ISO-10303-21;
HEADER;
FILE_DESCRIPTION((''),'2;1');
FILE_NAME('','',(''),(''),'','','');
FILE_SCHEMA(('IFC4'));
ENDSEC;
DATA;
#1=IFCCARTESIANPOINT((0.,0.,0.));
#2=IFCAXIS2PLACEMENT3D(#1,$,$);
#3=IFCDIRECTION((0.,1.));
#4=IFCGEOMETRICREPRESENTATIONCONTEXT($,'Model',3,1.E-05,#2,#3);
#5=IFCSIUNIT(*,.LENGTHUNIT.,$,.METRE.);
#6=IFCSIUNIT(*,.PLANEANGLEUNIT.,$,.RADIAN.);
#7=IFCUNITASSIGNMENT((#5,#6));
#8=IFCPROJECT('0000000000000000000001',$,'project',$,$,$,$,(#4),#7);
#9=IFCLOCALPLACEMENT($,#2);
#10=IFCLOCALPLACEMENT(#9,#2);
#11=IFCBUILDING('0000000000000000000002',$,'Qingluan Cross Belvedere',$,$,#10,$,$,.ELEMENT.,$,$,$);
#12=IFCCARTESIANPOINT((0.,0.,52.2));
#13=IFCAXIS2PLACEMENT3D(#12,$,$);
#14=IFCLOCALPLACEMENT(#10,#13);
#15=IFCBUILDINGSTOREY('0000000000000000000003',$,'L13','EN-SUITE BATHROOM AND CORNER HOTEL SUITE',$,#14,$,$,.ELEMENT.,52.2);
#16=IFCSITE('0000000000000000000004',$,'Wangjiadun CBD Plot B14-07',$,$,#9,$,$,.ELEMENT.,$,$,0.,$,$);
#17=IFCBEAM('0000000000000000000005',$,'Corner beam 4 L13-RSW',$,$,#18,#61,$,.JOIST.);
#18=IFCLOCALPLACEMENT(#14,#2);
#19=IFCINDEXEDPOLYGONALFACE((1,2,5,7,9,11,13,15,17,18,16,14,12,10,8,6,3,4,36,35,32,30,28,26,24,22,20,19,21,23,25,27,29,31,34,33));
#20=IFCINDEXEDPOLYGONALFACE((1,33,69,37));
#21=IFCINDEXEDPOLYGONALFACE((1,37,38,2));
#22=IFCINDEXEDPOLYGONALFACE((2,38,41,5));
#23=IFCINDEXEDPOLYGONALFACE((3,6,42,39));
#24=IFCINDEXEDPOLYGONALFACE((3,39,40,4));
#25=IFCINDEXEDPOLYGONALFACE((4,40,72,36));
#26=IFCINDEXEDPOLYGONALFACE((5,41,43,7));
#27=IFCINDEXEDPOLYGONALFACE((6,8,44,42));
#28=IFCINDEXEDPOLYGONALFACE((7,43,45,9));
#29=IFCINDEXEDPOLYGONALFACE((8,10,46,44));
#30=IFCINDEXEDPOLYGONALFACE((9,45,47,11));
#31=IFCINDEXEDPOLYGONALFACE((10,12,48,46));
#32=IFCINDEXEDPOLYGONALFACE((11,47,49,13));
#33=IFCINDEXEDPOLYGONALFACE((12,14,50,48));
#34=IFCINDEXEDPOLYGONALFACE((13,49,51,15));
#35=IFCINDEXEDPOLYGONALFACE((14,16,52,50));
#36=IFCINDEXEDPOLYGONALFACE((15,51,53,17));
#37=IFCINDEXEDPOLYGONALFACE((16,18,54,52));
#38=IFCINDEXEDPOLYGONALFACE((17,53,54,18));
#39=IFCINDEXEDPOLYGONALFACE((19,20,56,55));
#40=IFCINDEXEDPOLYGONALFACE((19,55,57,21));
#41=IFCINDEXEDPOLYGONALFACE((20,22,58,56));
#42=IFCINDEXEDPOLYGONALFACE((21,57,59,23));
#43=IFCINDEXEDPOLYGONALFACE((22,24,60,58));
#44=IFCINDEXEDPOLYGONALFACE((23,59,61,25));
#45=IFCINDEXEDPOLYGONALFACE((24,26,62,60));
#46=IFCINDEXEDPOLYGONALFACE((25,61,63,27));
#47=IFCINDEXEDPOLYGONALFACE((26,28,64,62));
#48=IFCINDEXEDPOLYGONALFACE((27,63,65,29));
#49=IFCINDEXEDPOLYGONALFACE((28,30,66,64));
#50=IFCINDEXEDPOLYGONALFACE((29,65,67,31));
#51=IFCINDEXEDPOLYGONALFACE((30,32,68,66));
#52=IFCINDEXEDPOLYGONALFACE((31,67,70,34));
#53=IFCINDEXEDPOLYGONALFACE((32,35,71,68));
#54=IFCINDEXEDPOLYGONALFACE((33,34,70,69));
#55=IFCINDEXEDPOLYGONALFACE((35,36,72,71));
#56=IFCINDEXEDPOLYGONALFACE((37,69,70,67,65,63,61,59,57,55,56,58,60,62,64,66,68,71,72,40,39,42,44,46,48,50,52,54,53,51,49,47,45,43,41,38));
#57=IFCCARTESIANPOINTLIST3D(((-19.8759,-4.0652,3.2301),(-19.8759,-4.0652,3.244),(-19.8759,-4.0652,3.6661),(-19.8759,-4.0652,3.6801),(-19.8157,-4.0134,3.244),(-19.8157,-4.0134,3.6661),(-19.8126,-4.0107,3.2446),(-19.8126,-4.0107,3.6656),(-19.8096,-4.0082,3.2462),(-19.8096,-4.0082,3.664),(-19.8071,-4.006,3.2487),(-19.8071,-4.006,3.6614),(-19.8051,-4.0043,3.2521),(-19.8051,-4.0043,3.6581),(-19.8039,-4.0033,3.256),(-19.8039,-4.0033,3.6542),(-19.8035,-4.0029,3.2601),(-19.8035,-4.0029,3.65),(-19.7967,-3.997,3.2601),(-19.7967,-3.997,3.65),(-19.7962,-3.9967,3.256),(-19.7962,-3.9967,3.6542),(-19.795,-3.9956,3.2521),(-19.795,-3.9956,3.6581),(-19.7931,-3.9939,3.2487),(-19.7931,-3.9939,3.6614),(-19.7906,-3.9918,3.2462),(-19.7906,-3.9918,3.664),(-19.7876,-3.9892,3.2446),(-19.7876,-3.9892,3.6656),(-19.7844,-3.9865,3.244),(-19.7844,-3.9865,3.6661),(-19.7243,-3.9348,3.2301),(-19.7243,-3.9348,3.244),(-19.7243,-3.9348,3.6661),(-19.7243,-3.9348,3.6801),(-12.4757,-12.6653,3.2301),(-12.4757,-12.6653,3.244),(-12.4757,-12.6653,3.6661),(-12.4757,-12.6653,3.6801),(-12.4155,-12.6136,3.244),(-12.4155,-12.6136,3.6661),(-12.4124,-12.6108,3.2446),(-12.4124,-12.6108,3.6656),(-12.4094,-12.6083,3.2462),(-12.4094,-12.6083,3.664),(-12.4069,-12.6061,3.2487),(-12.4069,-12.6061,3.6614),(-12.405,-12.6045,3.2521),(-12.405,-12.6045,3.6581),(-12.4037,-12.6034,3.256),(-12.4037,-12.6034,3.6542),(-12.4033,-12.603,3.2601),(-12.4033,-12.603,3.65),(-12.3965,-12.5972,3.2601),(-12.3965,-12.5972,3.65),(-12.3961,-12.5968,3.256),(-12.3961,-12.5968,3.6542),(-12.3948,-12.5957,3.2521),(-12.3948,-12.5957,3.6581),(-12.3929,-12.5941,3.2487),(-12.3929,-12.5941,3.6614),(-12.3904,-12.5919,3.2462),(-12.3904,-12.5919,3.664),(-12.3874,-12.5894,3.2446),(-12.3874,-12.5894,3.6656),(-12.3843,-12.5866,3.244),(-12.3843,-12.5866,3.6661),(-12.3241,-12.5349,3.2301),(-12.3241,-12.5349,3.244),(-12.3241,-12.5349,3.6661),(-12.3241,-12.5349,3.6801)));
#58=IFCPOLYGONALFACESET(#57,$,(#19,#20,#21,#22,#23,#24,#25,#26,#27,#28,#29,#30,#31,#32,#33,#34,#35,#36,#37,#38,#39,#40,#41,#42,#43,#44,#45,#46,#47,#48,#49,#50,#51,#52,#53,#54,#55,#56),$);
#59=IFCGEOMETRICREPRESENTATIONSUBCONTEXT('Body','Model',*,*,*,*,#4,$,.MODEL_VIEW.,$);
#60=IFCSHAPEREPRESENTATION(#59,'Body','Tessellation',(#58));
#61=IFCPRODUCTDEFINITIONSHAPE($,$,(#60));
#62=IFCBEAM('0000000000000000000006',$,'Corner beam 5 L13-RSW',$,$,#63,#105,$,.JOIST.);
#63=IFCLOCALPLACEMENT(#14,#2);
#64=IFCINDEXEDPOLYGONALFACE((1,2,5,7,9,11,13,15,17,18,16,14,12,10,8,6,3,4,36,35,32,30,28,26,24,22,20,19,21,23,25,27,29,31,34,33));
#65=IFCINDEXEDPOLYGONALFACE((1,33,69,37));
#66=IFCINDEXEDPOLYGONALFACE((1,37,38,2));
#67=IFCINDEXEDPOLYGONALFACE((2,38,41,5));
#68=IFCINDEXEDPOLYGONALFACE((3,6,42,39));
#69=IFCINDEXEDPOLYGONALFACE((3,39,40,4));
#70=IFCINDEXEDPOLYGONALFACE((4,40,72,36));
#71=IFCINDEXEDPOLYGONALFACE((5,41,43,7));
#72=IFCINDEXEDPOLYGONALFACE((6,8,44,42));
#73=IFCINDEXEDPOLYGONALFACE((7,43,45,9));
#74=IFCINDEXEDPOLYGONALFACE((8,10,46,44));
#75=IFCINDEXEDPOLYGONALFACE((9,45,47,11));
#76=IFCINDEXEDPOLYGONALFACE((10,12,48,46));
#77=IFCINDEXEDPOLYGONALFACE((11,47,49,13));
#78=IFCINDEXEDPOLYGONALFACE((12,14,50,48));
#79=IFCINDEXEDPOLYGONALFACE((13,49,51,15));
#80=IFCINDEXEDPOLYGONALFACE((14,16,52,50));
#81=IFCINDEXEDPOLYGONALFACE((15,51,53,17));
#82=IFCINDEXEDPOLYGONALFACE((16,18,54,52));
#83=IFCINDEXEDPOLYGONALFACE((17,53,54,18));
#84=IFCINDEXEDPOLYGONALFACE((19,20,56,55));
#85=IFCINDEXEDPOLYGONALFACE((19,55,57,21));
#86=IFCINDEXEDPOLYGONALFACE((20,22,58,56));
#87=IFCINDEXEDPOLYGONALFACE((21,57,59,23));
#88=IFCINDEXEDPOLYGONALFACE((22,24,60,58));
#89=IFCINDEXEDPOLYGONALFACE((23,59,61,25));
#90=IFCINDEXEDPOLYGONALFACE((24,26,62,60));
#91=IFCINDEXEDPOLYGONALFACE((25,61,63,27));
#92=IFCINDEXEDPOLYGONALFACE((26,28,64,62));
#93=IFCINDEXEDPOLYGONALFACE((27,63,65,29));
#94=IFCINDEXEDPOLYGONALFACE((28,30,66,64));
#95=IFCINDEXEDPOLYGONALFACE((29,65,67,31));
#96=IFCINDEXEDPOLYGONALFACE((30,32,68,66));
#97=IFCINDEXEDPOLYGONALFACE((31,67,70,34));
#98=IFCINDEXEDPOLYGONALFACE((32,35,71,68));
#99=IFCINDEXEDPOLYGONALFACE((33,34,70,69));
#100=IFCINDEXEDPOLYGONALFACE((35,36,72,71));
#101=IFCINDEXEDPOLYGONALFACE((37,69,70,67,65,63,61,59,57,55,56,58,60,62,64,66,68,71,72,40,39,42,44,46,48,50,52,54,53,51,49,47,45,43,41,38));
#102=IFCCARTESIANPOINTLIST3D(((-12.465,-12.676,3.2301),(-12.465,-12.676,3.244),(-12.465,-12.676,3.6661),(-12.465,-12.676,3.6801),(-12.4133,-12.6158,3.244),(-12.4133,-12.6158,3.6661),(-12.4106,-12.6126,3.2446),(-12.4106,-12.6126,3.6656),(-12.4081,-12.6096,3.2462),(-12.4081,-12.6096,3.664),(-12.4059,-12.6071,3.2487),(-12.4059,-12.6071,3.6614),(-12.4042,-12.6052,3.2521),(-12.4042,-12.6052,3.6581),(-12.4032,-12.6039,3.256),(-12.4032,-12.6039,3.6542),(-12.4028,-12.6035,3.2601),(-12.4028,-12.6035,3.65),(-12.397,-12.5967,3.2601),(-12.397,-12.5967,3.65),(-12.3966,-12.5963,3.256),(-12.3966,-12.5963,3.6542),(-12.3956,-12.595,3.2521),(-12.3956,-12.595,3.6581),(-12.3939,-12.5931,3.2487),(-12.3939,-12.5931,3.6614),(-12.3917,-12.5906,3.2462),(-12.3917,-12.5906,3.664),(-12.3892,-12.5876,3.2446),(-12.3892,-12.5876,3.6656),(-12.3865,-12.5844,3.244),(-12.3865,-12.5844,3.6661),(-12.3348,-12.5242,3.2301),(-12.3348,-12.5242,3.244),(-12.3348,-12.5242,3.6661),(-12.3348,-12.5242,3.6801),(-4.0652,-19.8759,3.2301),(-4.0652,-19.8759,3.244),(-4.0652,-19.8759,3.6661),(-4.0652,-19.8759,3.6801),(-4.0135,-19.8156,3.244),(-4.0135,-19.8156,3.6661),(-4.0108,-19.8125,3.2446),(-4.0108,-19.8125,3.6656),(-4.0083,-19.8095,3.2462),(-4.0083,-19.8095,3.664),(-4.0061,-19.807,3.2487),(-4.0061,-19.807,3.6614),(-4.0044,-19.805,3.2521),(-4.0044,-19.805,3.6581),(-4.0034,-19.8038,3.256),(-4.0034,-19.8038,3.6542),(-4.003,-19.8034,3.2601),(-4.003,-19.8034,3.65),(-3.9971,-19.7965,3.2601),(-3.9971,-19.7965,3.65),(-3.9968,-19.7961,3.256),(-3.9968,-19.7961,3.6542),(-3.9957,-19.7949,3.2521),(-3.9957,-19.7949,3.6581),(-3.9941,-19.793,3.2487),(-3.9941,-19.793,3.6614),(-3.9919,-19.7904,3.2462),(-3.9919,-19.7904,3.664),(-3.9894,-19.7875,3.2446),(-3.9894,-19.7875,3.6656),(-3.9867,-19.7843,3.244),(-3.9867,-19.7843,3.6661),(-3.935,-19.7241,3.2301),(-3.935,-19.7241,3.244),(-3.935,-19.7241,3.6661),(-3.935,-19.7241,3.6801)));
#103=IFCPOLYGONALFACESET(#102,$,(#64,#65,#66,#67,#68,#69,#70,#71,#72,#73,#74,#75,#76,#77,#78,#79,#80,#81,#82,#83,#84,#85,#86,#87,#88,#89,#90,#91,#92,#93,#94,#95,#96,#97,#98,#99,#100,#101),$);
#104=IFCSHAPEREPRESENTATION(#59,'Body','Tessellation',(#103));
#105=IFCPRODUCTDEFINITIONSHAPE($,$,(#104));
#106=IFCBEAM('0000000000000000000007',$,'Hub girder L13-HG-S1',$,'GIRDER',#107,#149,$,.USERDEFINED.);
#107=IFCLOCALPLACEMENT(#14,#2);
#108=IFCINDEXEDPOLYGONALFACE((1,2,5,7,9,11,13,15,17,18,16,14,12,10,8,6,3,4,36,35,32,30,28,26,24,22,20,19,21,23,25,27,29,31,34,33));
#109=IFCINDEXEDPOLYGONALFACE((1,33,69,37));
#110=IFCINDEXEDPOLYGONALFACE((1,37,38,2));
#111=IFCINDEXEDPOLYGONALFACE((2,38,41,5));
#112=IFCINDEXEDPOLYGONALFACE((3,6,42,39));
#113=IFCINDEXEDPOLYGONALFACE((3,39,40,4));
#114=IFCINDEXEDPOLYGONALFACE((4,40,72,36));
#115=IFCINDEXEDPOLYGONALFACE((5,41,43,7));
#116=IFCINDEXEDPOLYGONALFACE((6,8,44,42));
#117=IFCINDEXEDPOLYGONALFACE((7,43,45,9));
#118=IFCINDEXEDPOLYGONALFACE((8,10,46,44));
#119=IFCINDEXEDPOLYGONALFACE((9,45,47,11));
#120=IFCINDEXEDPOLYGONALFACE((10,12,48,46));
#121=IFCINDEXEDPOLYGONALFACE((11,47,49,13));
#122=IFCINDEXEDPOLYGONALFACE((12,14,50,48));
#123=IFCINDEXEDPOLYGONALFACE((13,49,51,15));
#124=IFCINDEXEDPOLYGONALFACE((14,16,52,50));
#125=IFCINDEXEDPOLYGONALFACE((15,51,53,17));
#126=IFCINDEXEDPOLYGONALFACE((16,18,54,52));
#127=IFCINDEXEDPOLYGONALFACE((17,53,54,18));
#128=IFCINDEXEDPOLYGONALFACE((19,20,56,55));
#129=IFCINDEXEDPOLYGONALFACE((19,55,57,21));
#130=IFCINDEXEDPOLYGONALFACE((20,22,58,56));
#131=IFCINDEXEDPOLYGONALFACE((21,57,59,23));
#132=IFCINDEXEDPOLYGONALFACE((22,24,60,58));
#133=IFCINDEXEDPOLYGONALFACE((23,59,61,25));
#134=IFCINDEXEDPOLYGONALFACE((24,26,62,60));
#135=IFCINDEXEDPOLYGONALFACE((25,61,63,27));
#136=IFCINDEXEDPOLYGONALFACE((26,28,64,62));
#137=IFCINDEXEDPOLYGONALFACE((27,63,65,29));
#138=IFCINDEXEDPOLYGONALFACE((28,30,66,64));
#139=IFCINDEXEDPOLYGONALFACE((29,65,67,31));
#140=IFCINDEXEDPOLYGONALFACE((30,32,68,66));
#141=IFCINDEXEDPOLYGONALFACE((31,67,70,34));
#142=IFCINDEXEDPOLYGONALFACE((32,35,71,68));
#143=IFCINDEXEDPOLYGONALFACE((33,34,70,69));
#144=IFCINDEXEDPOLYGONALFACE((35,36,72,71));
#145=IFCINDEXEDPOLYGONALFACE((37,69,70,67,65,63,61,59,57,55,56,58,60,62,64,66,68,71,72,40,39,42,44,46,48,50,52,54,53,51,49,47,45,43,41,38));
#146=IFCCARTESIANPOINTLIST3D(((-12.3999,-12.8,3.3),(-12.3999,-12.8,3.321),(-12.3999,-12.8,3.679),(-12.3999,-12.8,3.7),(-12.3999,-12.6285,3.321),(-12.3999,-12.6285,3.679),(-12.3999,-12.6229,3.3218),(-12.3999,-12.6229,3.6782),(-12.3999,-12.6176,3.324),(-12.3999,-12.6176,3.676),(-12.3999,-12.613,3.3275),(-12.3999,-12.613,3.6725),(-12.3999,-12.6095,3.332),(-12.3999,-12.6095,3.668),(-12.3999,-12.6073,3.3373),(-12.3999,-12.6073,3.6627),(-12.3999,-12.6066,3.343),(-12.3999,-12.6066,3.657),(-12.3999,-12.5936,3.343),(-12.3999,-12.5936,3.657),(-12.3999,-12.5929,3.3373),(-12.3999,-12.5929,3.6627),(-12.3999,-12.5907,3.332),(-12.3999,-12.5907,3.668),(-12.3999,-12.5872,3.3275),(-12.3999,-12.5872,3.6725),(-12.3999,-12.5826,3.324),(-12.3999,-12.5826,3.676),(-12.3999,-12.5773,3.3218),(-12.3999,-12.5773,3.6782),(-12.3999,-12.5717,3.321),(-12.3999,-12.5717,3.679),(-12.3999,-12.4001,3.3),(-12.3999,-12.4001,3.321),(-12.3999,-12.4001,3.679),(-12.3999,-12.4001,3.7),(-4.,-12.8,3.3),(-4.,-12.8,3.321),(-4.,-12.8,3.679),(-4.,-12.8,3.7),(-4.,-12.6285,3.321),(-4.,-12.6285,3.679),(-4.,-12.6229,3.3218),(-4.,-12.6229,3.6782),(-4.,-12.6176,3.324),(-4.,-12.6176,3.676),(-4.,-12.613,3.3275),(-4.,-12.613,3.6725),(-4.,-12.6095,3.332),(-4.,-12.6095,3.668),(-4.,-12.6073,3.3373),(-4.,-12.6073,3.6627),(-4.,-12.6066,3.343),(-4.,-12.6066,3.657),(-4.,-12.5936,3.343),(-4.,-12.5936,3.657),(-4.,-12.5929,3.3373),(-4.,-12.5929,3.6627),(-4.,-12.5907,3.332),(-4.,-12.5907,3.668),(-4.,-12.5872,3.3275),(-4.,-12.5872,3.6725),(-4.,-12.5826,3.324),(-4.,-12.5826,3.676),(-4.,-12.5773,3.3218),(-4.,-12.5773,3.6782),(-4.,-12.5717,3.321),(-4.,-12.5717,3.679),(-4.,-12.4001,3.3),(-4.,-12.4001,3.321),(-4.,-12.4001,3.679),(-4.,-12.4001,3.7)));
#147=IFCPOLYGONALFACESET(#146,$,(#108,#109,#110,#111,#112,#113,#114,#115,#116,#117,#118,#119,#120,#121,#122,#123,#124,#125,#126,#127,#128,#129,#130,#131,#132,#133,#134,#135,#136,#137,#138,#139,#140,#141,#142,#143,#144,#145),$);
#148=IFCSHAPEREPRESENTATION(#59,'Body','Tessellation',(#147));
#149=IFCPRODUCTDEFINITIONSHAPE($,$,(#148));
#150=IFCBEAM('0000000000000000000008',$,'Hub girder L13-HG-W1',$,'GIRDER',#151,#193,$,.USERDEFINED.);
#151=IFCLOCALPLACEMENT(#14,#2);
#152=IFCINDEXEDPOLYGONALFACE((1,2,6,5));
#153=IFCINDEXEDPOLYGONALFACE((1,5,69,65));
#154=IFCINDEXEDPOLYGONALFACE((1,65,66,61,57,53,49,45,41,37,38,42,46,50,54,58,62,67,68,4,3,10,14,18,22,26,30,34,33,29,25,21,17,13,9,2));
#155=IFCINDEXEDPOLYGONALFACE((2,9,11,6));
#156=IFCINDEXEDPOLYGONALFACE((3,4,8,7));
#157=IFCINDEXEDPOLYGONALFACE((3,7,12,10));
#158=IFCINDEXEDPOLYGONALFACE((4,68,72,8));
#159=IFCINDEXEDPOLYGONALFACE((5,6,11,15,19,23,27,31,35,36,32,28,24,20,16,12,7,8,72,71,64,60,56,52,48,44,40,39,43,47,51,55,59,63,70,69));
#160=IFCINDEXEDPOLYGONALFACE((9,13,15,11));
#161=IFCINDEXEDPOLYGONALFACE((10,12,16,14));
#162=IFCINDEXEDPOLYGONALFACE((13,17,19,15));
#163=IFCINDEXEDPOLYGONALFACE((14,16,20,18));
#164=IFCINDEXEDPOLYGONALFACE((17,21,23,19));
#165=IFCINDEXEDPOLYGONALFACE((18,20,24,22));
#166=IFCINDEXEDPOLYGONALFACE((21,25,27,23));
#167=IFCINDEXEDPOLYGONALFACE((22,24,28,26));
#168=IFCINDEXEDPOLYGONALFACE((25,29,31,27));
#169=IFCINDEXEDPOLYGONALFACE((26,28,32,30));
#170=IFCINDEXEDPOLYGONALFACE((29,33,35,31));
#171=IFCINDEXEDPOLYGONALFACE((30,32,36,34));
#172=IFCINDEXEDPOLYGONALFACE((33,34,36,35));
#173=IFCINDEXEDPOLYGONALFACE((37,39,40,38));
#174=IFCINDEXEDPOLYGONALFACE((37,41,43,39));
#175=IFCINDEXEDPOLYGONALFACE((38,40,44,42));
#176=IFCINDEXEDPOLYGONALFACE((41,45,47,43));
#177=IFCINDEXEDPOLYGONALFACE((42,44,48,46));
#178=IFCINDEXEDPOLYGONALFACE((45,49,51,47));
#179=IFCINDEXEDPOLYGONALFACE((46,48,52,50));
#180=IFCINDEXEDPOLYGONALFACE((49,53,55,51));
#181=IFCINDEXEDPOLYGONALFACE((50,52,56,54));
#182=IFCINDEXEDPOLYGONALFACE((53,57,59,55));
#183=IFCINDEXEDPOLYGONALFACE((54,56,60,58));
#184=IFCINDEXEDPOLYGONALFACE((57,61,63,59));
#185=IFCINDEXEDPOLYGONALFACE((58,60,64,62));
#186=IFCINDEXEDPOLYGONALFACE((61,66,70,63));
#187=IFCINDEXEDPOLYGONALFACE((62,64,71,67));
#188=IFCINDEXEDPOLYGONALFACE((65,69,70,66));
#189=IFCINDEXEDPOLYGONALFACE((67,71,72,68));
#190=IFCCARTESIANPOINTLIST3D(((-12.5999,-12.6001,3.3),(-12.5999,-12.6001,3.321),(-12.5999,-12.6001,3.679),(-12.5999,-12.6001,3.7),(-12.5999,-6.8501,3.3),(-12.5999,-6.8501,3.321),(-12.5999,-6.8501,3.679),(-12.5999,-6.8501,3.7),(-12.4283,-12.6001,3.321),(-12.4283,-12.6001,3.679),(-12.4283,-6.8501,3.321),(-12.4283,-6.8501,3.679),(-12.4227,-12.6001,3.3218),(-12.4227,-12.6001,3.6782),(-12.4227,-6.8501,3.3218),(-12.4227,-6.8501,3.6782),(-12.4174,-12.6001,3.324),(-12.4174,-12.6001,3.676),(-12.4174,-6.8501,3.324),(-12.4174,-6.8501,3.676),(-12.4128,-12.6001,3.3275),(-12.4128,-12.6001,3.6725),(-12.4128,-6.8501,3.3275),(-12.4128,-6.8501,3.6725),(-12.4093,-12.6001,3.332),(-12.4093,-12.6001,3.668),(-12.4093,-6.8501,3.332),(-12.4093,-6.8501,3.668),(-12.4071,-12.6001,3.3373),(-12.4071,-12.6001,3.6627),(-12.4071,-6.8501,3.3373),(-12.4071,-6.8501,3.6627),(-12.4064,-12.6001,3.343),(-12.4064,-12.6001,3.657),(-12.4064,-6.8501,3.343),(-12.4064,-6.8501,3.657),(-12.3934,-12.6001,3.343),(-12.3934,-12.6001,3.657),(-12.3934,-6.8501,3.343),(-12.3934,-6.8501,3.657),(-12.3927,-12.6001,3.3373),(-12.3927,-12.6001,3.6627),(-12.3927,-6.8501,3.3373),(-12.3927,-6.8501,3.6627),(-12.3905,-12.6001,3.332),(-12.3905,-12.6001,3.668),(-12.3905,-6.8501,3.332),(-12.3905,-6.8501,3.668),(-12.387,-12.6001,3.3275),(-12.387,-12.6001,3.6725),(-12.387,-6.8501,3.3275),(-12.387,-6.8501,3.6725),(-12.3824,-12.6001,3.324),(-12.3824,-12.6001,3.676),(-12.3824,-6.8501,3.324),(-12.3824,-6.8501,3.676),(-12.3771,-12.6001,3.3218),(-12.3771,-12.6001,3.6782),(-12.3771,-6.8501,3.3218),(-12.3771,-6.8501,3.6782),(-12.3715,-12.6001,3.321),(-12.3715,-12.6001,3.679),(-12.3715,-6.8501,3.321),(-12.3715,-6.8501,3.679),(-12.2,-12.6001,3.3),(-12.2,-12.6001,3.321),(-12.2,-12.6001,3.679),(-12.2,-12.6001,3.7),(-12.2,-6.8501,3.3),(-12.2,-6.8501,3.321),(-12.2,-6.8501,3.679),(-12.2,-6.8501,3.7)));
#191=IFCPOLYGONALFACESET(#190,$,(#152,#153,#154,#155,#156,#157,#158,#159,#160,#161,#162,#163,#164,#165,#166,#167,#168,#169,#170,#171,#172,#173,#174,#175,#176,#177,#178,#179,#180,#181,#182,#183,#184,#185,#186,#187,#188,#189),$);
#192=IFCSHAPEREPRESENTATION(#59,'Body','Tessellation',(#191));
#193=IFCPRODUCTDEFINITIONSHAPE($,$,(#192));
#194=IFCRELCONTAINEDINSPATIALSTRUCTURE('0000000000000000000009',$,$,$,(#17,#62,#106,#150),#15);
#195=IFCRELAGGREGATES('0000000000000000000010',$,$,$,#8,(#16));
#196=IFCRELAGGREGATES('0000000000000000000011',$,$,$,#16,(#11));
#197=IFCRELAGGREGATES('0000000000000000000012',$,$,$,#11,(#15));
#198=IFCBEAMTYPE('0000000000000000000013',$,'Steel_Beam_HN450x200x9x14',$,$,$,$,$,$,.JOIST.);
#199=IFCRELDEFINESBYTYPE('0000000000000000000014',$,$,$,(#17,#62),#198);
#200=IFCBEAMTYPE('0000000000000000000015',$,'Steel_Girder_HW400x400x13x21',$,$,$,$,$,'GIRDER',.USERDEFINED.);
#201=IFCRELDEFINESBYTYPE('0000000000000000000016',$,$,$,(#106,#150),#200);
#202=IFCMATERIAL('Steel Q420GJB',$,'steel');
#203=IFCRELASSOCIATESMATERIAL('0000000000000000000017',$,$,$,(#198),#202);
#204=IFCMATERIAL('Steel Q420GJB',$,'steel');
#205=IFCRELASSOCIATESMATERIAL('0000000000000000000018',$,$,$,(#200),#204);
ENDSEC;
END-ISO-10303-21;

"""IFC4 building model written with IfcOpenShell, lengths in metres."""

from ifc_helpers import new_model, si_unit, direction, frame, origin, origin_2d, place, context, subcontext, project, spatial, i_section, extrude, material, material_profile, profile_set, type_object, element, save


model = new_model("IFC4")

# Units and contexts
model_context = context("Model", 3, precision=1e-05, world=origin(), true_north=direction((0.0, 1.0)))
body_context = subcontext(model_context, "Body", "Model", "MODEL_VIEW")
ifc_project = project(units=[si_unit("LENGTHUNIT", "METRE"), si_unit("PLANEANGLEUNIT", "RADIAN")], contexts=[model_context])

# Site, building, storey
site_placement = place(None, origin())
site = spatial("IfcSite", under=ifc_project, at=site_placement, Name="Wangjiadun CBD Plot B14-07", CompositionType="ELEMENT", RefElevation=0.0)
building_placement = place(site_placement, origin())
building = spatial("IfcBuilding", under=site, at=building_placement, Name="Qingluan Cross Belvedere", CompositionType="ELEMENT")
storey_placement = place(building_placement, frame((0.0, 0.0, 52.2)))
storey = spatial("IfcBuildingStorey", under=building, at=storey_placement, Name="L13", Description="EN-SUITE BATHROOM AND CORNER HOTEL SUITE", CompositionType="ELEMENT", Elevation=52.2)

# Beams
ifc_material_1 = material(Name="Steel Q420GJB", Category="steel")
ifc_material_profile_1 = material_profile(ifc_material_1, i_section(OverallWidth=0.2, OverallDepth=0.45, WebThickness=0.009, FlangeThickness=0.0139, FilletRadius=0.0161, at=origin_2d()), Name="HN450x200x9x14")
ifc_profile_set_1 = profile_set([ifc_material_profile_1], Name="Steel Q420GJB")
beam_type_1 = type_object("IfcBeamType", Name="Steel_Beam_HN450x200x9x14", PredefinedType="JOIST", material=ifc_profile_set_1)
beam_1_placement = place(storey_placement, frame((-12.3999, -12.6001, 3.4551), z_axis=(-0.652245, 0.758008, 0.0), x_axis=(-0.758008, -0.652245, 0.0)))
element("IfcBeam", 1, at=beam_1_placement, inside=storey, type_object=beam_type_1, Name="Corner beam 4 L13-RSW", PredefinedType="JOIST", context=body_context, shape_type="SweptSolid", body=[
    extrude(i_section(OverallWidth=0.2, OverallDepth=0.45, WebThickness=0.009, FlangeThickness=0.0139, FilletRadius=0.0161, at=origin_2d()), origin(), (0.0, 0.0, 1.0), 11.3457),
])
beam_2_placement = place(storey_placement, frame((-12.3999, -12.6001, 3.4551), z_axis=(0.759255, -0.650793, 0.0), x_axis=(0.650793, 0.759255, 0.0)))
element("IfcBeam", 2, at=beam_2_placement, inside=storey, type_object=beam_type_1, Name="Corner beam 5 L13-RSW", PredefinedType="JOIST", context=body_context, shape_type="SweptSolid", body=[
    extrude(i_section(OverallWidth=0.2, OverallDepth=0.45, WebThickness=0.009, FlangeThickness=0.0139, FilletRadius=0.0161, at=origin_2d()), origin(), (0.0, 0.0, 1.0), 11.0632),
])
ifc_material_2 = material(Name="Steel Q420GJB", Category="steel")
ifc_material_profile_2 = material_profile(ifc_material_2, i_section(OverallWidth=0.3999, OverallDepth=0.3999, WebThickness=0.0129, FlangeThickness=0.021, FilletRadius=0.022, at=origin_2d()), Name="HW400x400x13x21")
ifc_profile_set_2 = profile_set([ifc_material_profile_2], Name="Steel Q420GJB")
beam_type_2 = type_object("IfcBeamType", Name="Steel_Girder_HW400x400x13x21", ElementType="GIRDER", PredefinedType="USERDEFINED", material=ifc_profile_set_2)
beam_3_placement = place(storey_placement, frame((-12.3999, -12.6001, 3.5), z_axis=(1.0, 0.0, 0.0), x_axis=(0.0, 1.0, 0.0)))
element("IfcBeam", 3, at=beam_3_placement, inside=storey, type_object=beam_type_2, Name="Hub girder L13-HG-S1", ObjectType="GIRDER", PredefinedType="USERDEFINED", context=body_context, shape_type="SweptSolid", body=[
    extrude(i_section(OverallWidth=0.3999, OverallDepth=0.3999, WebThickness=0.0129, FlangeThickness=0.021, FilletRadius=0.022, at=origin_2d()), origin(), (0.0, 0.0, 1.0), 8.3999),
])
beam_4_placement = place(storey_placement, frame((-12.3999, -12.6001, 3.5), z_axis=(0.0, 1.0, 0.0), x_axis=(-1.0, 0.0, 0.0)))
element("IfcBeam", 4, at=beam_4_placement, inside=storey, type_object=beam_type_2, Name="Hub girder L13-HG-W1", ObjectType="GIRDER", PredefinedType="USERDEFINED", context=body_context, shape_type="SweptSolid", body=[
    extrude(i_section(OverallWidth=0.3999, OverallDepth=0.3999, WebThickness=0.0129, FlangeThickness=0.021, FilletRadius=0.022, at=origin_2d()), origin(), (0.0, 0.0, 1.0), 5.75),
])

save(model, "model.ifc")
